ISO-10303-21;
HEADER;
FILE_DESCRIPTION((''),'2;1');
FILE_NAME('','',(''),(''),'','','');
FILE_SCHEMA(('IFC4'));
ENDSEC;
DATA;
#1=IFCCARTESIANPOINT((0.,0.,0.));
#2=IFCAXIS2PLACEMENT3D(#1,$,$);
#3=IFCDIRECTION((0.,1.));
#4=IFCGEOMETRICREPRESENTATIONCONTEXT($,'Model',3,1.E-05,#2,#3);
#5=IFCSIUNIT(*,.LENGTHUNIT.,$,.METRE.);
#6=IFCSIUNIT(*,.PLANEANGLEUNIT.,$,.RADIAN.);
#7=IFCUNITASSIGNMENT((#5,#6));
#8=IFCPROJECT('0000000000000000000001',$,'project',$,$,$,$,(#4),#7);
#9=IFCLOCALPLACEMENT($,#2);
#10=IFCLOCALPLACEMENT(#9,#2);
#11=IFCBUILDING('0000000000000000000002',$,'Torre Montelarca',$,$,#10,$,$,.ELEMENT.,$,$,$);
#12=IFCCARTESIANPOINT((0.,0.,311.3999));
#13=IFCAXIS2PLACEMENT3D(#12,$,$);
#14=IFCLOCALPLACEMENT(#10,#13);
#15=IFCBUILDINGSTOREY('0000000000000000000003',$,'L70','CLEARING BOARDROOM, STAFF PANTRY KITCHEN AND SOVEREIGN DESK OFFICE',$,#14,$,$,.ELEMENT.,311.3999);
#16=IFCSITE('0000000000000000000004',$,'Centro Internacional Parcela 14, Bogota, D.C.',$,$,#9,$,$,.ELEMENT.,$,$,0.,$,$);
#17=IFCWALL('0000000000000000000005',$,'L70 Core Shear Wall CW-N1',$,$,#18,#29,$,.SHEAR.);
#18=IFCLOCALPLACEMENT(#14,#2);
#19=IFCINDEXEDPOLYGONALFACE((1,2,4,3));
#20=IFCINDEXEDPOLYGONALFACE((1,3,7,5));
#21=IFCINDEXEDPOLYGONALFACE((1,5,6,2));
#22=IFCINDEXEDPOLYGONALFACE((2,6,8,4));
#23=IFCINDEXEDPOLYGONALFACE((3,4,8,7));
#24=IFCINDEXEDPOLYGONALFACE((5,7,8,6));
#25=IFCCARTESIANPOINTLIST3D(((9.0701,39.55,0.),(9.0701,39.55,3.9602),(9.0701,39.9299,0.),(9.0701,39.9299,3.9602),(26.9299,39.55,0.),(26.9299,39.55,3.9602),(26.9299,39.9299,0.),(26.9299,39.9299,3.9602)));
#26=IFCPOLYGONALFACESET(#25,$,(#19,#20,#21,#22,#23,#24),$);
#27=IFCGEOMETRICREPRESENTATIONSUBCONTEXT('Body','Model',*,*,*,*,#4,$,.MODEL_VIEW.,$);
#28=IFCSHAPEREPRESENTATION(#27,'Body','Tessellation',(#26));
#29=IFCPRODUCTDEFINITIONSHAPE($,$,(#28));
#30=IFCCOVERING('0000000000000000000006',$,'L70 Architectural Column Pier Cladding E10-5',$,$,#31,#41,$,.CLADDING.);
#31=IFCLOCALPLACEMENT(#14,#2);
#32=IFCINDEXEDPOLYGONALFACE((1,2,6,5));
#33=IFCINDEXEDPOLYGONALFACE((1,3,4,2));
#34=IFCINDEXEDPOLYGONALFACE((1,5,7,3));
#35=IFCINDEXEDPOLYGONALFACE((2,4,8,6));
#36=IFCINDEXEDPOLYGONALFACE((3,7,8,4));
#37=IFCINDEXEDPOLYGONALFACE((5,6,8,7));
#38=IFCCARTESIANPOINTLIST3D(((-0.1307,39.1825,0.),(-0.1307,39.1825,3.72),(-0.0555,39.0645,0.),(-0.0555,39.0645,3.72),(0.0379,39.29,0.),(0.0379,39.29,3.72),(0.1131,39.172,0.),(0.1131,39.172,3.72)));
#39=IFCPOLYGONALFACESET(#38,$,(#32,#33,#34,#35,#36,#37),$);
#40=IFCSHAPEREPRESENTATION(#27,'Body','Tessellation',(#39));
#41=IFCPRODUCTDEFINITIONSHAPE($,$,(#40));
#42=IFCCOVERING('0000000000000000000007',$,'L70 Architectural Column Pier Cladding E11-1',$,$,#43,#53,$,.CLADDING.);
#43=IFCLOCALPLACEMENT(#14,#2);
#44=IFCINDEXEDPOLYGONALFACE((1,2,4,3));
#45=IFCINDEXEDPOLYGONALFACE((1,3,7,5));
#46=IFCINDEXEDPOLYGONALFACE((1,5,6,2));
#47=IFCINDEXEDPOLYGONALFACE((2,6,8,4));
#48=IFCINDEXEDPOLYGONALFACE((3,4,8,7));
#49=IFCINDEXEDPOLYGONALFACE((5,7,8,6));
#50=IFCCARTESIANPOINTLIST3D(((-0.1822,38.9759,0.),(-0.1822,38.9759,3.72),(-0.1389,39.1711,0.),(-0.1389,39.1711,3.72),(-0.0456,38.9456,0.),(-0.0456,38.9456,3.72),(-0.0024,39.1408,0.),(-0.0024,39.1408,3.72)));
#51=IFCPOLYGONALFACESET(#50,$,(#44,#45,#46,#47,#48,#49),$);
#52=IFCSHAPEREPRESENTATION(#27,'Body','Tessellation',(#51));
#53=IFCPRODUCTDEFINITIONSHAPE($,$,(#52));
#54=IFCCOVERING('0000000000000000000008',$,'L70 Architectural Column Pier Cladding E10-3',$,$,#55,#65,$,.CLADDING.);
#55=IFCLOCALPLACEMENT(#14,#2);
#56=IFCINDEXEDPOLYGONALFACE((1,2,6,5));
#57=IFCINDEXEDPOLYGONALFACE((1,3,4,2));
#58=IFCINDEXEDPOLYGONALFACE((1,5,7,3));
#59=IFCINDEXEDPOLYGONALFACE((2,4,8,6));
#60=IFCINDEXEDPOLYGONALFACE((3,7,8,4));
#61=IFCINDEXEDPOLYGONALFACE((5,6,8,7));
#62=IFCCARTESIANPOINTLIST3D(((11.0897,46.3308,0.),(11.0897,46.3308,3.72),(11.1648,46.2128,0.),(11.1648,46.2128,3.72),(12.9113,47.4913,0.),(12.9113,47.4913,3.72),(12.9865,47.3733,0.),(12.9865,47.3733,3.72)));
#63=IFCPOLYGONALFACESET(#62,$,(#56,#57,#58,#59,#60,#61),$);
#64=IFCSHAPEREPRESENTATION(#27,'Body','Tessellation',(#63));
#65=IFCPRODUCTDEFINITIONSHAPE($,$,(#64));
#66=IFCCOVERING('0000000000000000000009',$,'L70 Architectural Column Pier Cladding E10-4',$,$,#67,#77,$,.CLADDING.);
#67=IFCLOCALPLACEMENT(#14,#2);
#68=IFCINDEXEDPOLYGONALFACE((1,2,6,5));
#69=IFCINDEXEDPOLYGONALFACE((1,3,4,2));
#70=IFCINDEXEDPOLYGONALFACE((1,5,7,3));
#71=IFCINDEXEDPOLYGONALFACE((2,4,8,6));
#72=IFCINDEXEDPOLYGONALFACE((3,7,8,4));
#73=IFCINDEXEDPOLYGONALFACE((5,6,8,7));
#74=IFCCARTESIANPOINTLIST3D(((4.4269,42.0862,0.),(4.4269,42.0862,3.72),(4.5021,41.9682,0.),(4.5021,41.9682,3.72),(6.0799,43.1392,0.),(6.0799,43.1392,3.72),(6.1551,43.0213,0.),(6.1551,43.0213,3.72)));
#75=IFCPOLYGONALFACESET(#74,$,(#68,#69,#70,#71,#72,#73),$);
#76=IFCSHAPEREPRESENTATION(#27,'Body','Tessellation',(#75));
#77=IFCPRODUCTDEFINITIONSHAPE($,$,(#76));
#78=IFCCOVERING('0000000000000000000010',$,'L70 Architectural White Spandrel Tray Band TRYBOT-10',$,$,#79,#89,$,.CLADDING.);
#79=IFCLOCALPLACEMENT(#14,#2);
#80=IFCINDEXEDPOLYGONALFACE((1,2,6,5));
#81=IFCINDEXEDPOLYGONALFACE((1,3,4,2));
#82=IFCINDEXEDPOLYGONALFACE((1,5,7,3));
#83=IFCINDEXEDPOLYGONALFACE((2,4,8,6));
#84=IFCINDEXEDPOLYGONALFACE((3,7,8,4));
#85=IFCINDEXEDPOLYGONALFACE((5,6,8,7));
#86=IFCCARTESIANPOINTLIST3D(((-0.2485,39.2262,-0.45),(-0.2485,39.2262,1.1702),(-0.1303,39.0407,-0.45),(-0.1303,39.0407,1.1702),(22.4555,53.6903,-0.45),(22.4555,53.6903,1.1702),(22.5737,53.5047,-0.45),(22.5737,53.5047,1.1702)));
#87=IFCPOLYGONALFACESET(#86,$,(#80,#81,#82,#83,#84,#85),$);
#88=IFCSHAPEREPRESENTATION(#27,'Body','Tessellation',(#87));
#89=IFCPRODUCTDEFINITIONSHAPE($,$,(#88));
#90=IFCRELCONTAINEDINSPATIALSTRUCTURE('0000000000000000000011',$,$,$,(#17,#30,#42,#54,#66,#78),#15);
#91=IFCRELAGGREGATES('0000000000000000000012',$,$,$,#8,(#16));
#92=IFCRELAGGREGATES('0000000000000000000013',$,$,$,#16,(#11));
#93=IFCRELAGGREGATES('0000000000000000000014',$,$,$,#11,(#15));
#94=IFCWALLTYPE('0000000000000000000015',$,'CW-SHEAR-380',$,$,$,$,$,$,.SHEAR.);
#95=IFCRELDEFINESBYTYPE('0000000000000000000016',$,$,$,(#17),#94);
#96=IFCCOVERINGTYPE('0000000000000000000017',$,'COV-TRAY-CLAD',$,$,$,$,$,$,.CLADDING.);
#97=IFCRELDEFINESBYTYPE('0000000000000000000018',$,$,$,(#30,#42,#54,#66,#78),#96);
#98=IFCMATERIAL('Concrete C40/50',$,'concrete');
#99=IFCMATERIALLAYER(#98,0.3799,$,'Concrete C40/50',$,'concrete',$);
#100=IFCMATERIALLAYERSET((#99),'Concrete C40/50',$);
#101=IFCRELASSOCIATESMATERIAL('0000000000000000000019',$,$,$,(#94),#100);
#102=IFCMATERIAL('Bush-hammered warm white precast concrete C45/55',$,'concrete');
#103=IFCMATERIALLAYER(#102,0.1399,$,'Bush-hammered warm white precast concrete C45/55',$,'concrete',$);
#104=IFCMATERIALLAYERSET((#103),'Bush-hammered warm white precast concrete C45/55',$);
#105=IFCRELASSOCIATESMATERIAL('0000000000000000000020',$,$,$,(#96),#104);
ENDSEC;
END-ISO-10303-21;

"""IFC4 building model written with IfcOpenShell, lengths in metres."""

from ifc_helpers import new_model, si_unit, direction, frame, frame_2d, origin, origin_2d, place, context, subcontext, project, spatial, rectangle, extrude, source, transform, mapped, material, layer, layer_set, type_object, element, save


model = new_model("IFC4")

# Units and contexts
model_context = context("Model", 3, precision=1e-05, world=origin(), true_north=direction((0.0, 1.0)))
body_context = subcontext(model_context, "Body", "Model", "MODEL_VIEW")
ifc_project = project(units=[si_unit("LENGTHUNIT", "METRE"), si_unit("PLANEANGLEUNIT", "RADIAN")], contexts=[model_context])

# Site, building, storey
site_placement = place(None, origin())
site = spatial("IfcSite", under=ifc_project, at=site_placement, Name="Centro Internacional Parcela 14, Bogota, D.C.", CompositionType="ELEMENT", RefElevation=0.0)
building_placement = place(site_placement, origin())
building = spatial("IfcBuilding", under=site, at=building_placement, Name="Torre Montelarca", CompositionType="ELEMENT")
storey_placement = place(building_placement, frame((0.0, 0.0, 311.3999)))
storey = spatial("IfcBuildingStorey", under=building, at=storey_placement, Name="L70", Description="CLEARING BOARDROOM, STAFF PANTRY KITCHEN AND SOVEREIGN DESK OFFICE", CompositionType="ELEMENT", Elevation=311.3999)

# Shared definitions
ifc_material_1 = material(Name="Concrete C40/50", Category="concrete")

# Wall
ifc_layer_1 = layer(ifc_material_1, 0.3799, Name="Concrete C40/50", Category="concrete")
ifc_layer_set_1 = layer_set([ifc_layer_1], Name="Concrete C40/50")
wall_type = type_object("IfcWallType", Name="CW-SHEAR-380", PredefinedType="SHEAR", material=ifc_layer_set_1)
wall_placement = place(storey_placement, frame((9.0701, 39.74, 0.0), z_axis=(0.0, 0.0, 1.0), x_axis=(1.0, 0.0, 0.0)))
element("IfcWall", 1, at=wall_placement, inside=storey, type_object=wall_type, Name="L70 Core Shear Wall CW-N1", PredefinedType="SHEAR", context=body_context, shape_type="SweptSolid", body=[
    extrude(rectangle(XDim=17.8599, YDim=0.3799, at=frame_2d((8.9299, 0.0))), origin(), (0.0, 0.0, 1.0), 3.9602),
])

# Coverings
ifc_material_2 = material(Name="Bush-hammered warm white precast concrete C45/55", Category="concrete")
ifc_layer_2 = layer(ifc_material_2, 0.1399, Name="Bush-hammered warm white precast concrete C45/55", Category="concrete")
ifc_layer_set_2 = layer_set([ifc_layer_2], Name="Bush-hammered warm white precast concrete C45/55")
covering_type = type_object("IfcCoveringType", Name="COV-TRAY-CLAD", PredefinedType="CLADDING", material=ifc_layer_set_2)
shared_shape_1 = source(origin(), body_context, "Body", "SweptSolid", [
    extrude(rectangle(XDim=0.2, YDim=0.1399, at=origin_2d()), origin(), (0.0, 0.0, 1.0), 3.72),
])
for number, where, z_axis, x_axis, name in (
    (2, (-0.0088, 39.1772, 0.0), (0.0, 0.0, 1.0), (-0.843391, -0.537301, 0.0), "L70 Architectural Column Pier Cladding E10-5"),
    (3, (-0.0923, 39.0583, 0.0), (0.0, 0.0, 1.0), (-0.216448, -0.976294, 0.0), "L70 Architectural Column Pier Cladding E11-1"),
):
    element("IfcCovering", number, at=place(storey_placement, frame(where, z_axis=z_axis, x_axis=x_axis)), inside=storey, type_object=covering_type, Name=name, PredefinedType="CLADDING", context=body_context, shape_type="MappedRepresentation", body=[
        mapped(shared_shape_1, transform((0.0, 0.0, 0.0), scale=1.0)),
    ])
shared_shape_2 = source(origin(), body_context, "Body", "SweptSolid", [
    extrude(rectangle(XDim=2.1599, YDim=0.1399, at=origin_2d()), origin(), (0.0, 0.0, 1.0), 3.72),
])
covering_1_placement = place(storey_placement, frame((12.0381, 46.8521, 0.0), z_axis=(0.0, 0.0, 1.0), x_axis=(-0.843391, -0.537301, 0.0)))
element("IfcCovering", 4, at=covering_1_placement, inside=storey, type_object=covering_type, Name="L70 Architectural Column Pier Cladding E10-3", PredefinedType="CLADDING", context=body_context, shape_type="MappedRepresentation", body=[
    mapped(shared_shape_2, transform((0.0, 0.0, 0.0), scale=1.0)),
])
shared_shape_3 = source(origin(), body_context, "Body", "SweptSolid", [
    extrude(rectangle(XDim=1.96, YDim=0.1399, at=origin_2d()), origin(), (0.0, 0.0, 1.0), 3.72),
])
covering_2_placement = place(storey_placement, frame((5.291, 42.5537, 0.0), z_axis=(0.0, 0.0, 1.0), x_axis=(-0.843391, -0.537301, 0.0)))
element("IfcCovering", 5, at=covering_2_placement, inside=storey, type_object=covering_type, Name="L70 Architectural Column Pier Cladding E10-4", PredefinedType="CLADDING", context=body_context, shape_type="MappedRepresentation", body=[
    mapped(shared_shape_3, transform((0.0, 0.0, 0.0), scale=1.0)),
])
shared_shape_4 = source(origin(), body_context, "Body", "SweptSolid", [
    extrude(rectangle(XDim=26.9199, YDim=0.22, at=origin_2d()), origin(), (0.0, 0.0, 1.0), 1.6201),
])
covering_3_placement = place(storey_placement, frame((11.1626, 46.3655, -0.45), z_axis=(0.0, 0.0, 1.0), x_axis=(-0.843392, -0.537298, 0.0)))
element("IfcCovering", 6, at=covering_3_placement, inside=storey, type_object=covering_type, Name="L70 Architectural White Spandrel Tray Band TRYBOT-10", PredefinedType="CLADDING", context=body_context, shape_type="MappedRepresentation", body=[
    mapped(shared_shape_4, transform((0.0, 0.0, 0.0), scale=1.0)),
])

save(model, "model.ifc")
